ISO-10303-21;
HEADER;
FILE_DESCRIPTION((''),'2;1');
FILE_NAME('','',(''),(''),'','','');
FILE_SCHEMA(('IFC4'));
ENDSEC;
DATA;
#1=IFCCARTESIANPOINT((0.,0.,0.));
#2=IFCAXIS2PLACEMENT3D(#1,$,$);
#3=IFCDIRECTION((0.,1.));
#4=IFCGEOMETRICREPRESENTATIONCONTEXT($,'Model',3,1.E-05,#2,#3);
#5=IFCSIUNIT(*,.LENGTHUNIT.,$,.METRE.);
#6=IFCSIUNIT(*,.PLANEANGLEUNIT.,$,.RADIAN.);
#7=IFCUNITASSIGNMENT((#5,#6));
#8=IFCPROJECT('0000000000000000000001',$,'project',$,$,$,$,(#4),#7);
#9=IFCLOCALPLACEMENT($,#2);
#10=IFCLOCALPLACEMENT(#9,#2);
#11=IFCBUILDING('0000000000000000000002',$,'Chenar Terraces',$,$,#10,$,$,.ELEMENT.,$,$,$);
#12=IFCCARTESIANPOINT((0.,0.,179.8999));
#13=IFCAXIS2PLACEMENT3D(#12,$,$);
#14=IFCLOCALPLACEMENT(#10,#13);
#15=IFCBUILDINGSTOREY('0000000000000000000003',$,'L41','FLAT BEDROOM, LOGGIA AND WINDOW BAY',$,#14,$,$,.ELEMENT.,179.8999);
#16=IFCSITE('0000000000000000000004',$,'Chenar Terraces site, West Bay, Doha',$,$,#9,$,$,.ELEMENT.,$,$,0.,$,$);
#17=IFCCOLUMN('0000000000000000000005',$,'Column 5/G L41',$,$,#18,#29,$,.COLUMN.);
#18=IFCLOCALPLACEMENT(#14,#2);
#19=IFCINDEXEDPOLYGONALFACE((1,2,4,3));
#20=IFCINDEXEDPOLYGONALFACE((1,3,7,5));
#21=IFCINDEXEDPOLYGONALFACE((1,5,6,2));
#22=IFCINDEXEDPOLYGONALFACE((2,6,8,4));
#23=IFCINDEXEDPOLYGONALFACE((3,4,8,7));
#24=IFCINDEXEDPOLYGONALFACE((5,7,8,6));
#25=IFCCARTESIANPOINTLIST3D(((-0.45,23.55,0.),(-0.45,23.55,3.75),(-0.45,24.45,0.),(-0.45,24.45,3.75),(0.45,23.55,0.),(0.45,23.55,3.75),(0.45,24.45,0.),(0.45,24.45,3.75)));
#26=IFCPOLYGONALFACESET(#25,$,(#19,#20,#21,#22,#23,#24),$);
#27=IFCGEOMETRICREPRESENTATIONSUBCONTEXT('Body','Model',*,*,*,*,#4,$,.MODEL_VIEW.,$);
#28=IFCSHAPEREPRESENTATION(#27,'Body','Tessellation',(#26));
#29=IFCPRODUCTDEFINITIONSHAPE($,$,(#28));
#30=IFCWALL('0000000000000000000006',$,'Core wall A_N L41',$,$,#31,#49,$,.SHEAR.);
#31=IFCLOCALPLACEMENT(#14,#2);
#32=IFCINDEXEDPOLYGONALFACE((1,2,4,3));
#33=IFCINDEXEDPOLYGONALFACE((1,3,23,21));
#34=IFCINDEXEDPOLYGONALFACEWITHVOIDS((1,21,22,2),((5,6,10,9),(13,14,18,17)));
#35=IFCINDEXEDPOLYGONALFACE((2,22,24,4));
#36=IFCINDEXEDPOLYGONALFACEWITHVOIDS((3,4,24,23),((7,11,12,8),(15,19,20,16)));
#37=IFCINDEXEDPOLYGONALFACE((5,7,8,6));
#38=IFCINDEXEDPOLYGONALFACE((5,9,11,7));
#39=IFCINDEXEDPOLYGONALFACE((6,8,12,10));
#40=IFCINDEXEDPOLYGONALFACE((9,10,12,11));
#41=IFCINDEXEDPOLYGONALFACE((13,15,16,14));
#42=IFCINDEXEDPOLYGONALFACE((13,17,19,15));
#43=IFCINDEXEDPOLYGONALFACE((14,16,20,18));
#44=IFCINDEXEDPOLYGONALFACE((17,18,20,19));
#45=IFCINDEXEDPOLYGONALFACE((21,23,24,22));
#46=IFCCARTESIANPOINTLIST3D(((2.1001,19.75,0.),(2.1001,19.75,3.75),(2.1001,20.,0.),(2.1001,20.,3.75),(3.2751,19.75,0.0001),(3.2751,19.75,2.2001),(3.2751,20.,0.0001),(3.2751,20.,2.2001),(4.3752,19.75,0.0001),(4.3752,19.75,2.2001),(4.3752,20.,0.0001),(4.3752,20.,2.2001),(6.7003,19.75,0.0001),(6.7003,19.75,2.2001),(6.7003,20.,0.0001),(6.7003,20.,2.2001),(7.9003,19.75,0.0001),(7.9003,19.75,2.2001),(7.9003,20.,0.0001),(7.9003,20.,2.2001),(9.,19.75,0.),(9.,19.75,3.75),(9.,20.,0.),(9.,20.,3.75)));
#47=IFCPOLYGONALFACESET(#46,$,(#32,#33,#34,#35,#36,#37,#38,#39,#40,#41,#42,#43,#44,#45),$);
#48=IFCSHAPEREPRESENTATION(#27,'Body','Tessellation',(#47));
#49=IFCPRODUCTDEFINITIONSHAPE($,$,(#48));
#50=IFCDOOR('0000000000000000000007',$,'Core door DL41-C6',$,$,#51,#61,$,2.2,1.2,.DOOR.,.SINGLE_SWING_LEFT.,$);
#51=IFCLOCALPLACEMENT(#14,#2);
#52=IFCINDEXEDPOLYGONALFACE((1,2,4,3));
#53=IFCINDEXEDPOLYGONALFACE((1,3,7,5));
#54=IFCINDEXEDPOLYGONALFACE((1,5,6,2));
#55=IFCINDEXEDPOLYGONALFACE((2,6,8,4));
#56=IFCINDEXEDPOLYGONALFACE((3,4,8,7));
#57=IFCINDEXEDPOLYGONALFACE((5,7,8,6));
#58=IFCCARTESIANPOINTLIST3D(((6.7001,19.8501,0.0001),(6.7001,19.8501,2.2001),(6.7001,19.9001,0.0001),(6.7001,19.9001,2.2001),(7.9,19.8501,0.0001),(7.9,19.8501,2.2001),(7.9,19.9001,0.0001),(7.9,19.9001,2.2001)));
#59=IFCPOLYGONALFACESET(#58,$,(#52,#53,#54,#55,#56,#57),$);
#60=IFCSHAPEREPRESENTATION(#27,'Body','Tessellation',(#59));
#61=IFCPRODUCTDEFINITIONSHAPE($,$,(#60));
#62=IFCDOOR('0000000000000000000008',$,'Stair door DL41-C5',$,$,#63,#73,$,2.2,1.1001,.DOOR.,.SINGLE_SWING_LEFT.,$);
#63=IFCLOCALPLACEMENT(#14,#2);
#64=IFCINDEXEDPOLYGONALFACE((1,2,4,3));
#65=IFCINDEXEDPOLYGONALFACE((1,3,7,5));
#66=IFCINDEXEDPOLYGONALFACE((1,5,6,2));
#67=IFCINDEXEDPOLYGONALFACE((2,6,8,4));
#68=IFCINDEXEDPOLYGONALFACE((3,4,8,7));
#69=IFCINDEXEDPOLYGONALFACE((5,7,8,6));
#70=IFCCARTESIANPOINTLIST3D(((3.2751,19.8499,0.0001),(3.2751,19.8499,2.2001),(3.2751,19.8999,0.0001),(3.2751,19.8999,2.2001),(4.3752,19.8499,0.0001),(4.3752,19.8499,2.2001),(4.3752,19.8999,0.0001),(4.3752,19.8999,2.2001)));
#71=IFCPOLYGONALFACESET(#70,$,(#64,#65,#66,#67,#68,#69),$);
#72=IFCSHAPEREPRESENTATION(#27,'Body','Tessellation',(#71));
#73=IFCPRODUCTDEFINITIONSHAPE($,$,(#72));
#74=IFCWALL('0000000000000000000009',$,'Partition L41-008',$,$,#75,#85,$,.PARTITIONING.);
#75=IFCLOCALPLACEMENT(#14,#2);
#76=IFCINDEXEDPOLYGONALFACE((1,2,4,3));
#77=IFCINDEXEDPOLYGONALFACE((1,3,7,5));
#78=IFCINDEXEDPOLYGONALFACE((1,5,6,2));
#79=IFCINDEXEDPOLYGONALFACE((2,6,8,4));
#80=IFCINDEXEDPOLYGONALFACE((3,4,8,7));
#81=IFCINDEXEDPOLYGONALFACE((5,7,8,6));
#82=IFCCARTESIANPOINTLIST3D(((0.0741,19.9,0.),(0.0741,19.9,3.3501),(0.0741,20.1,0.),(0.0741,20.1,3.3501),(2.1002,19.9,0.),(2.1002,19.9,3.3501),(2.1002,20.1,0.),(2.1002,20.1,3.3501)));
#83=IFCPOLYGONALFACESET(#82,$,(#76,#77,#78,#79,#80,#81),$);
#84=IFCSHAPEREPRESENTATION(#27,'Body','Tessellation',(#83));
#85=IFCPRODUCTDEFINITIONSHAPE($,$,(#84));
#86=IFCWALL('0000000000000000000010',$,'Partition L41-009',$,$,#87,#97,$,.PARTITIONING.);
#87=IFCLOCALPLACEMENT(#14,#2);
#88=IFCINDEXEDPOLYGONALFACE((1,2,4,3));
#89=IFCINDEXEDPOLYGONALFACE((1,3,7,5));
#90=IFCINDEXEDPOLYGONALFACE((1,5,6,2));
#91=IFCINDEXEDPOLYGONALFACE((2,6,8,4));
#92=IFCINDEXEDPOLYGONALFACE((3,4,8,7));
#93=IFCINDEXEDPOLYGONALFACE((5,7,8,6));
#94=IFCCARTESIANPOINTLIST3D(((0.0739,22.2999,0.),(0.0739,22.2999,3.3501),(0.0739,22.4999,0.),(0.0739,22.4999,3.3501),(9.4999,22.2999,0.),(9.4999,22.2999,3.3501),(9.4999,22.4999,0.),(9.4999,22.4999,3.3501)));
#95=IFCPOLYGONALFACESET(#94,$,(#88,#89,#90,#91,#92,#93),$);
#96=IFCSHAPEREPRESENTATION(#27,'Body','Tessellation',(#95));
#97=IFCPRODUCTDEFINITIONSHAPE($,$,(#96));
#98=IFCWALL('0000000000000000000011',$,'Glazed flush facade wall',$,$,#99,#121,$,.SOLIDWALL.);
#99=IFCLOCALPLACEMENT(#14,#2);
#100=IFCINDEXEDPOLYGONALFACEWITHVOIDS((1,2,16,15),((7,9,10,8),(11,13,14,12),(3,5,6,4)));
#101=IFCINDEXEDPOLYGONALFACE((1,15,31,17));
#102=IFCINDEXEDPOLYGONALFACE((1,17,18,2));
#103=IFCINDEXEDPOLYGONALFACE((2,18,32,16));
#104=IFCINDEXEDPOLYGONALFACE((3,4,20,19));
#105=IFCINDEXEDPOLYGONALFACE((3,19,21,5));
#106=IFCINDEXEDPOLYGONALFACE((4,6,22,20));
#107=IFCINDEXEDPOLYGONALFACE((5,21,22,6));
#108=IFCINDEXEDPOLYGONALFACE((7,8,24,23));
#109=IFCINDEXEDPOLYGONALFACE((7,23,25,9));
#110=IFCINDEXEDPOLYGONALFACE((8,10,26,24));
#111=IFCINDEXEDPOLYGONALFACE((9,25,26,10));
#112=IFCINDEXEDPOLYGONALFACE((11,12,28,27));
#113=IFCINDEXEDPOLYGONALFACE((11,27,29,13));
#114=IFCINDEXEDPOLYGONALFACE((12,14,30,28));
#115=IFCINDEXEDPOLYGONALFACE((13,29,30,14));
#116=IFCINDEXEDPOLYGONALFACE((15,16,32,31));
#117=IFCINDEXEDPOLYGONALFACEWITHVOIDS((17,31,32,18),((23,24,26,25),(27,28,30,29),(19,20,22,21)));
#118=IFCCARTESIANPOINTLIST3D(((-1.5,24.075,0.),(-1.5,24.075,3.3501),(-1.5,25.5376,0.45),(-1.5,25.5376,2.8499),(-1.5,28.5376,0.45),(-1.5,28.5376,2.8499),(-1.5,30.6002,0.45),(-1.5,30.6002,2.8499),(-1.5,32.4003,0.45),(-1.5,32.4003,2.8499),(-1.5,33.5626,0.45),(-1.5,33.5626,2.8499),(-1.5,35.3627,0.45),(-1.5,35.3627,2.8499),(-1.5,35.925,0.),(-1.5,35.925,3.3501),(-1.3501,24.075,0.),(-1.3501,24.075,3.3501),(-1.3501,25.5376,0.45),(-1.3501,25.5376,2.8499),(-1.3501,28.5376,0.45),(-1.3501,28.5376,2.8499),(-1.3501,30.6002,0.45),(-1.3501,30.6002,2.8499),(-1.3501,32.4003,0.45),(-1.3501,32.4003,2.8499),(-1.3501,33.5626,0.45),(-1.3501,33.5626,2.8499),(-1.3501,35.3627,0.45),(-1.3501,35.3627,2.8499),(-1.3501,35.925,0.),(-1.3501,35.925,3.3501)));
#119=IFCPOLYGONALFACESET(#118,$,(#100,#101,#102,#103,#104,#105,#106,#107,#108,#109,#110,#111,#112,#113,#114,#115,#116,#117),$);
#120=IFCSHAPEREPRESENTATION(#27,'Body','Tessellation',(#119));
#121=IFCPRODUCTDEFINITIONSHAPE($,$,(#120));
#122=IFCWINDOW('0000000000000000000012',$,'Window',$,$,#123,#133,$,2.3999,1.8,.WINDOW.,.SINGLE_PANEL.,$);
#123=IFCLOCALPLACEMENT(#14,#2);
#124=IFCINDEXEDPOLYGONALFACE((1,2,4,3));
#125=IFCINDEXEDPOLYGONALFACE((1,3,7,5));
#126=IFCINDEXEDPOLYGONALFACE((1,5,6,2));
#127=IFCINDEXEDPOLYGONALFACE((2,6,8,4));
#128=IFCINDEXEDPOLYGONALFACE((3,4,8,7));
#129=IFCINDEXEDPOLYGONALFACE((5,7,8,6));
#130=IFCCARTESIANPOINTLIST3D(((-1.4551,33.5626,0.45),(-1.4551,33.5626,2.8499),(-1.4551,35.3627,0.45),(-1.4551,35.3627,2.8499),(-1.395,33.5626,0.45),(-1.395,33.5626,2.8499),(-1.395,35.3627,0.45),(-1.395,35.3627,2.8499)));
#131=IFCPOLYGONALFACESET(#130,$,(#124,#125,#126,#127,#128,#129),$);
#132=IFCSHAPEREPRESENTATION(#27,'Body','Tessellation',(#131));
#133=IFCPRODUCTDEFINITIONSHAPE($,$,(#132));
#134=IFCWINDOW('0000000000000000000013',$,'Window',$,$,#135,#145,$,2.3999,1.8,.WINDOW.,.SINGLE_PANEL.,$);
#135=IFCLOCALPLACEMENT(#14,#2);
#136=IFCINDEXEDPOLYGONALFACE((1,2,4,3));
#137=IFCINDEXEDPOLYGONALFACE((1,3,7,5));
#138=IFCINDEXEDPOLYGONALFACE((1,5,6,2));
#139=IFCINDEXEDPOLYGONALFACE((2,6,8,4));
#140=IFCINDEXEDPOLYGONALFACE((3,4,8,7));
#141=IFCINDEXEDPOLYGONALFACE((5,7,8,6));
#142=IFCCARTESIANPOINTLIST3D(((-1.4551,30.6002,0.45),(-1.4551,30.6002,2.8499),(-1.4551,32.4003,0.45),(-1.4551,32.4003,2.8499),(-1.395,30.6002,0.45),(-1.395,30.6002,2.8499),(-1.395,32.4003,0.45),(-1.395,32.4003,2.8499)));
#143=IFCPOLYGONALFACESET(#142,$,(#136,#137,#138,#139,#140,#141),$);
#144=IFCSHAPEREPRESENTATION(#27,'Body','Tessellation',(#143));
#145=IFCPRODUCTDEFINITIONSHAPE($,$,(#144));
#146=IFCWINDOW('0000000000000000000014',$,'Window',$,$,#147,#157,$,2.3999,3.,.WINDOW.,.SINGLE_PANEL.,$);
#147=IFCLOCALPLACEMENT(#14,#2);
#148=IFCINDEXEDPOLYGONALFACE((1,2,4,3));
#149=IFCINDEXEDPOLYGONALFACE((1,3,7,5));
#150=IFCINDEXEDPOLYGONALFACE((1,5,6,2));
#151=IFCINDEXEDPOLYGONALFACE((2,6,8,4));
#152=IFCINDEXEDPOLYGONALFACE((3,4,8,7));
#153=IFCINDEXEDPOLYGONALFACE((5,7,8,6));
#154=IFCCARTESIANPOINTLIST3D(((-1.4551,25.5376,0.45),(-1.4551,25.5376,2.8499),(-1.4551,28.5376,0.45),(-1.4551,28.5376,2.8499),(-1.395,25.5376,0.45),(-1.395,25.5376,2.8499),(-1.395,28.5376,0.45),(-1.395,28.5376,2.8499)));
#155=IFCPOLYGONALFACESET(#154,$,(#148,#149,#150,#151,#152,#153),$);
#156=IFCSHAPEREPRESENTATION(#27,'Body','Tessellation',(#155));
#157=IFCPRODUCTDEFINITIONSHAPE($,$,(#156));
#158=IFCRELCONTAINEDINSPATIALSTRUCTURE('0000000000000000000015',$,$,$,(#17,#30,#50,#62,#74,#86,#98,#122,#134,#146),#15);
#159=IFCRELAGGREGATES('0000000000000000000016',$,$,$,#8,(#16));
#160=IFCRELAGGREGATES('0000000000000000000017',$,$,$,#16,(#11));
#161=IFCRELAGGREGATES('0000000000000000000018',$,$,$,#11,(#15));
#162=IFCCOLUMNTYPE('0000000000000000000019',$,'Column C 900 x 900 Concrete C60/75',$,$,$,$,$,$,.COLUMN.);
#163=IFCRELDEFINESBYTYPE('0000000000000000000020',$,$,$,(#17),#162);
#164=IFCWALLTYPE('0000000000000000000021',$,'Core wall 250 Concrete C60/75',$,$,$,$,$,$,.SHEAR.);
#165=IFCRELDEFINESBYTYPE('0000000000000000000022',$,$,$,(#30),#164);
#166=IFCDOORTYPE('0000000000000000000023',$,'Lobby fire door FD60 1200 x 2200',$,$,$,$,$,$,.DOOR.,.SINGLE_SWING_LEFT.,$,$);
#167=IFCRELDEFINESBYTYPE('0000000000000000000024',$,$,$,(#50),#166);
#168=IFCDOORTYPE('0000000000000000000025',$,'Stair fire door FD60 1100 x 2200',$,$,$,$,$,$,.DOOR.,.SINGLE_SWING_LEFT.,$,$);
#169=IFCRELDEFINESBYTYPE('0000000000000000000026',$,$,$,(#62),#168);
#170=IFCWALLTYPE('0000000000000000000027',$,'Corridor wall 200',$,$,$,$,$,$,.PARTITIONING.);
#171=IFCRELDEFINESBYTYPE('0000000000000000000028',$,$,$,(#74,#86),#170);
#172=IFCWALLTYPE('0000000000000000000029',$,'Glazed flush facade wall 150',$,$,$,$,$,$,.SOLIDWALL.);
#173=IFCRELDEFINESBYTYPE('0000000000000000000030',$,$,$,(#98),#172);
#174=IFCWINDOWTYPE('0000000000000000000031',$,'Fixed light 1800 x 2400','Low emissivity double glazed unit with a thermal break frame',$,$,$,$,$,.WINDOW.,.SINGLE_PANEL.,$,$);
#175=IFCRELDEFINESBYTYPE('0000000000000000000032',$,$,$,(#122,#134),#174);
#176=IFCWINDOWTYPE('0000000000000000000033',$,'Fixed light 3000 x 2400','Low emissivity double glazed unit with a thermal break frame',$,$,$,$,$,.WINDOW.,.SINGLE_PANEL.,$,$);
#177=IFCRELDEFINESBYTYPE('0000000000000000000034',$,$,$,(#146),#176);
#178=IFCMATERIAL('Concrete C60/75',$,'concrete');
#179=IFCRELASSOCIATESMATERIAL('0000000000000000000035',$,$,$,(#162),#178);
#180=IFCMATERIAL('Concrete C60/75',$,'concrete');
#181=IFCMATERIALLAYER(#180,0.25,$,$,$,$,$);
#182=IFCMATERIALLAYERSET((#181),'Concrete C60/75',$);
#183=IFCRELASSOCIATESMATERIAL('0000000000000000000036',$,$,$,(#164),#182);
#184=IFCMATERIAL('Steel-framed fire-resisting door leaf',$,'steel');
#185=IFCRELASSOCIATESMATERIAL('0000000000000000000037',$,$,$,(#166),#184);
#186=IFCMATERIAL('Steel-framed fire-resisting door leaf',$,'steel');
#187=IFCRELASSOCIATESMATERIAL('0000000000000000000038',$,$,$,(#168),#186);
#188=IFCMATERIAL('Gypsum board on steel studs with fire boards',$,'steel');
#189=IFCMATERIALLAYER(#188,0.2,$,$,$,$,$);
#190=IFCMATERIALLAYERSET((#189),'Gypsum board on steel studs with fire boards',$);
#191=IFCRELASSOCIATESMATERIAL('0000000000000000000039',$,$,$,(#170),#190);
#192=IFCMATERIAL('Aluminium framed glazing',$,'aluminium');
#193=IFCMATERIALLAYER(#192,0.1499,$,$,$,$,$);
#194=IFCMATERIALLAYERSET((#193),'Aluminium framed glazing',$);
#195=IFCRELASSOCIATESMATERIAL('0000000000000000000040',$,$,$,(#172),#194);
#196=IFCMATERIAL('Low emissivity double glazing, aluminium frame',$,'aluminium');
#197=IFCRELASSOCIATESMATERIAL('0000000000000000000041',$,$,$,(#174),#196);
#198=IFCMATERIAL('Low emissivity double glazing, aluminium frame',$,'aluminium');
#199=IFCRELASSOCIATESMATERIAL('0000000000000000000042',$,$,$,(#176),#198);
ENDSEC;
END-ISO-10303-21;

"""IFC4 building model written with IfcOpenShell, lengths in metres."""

from ifc_helpers import new_model, si_unit, direction, frame, frame_2d, origin, origin_2d, place, context, subcontext, project, spatial, rectangle, extrude, material, layer, layer_set, material_profile, profile_set, type_object, element, fill, save


model = new_model("IFC4")

# Units and contexts
model_context = context("Model", 3, precision=1e-05, world=origin(), true_north=direction((0.0, 1.0)))
body_context = subcontext(model_context, "Body", "Model", "MODEL_VIEW")
ifc_project = project(units=[si_unit("LENGTHUNIT", "METRE"), si_unit("PLANEANGLEUNIT", "RADIAN")], contexts=[model_context])

# Site, building, storey
site_placement = place(None, origin())
site = spatial("IfcSite", under=ifc_project, at=site_placement, Name="Chenar Terraces site, West Bay, Doha", CompositionType="ELEMENT", RefElevation=0.0)
building_placement = place(site_placement, origin())
building = spatial("IfcBuilding", under=site, at=building_placement, Name="Chenar Terraces", CompositionType="ELEMENT")
storey_placement = place(building_placement, frame((0.0, 0.0, 179.8999)))
storey = spatial("IfcBuildingStorey", under=building, at=storey_placement, Name="L41", Description="FLAT BEDROOM, LOGGIA AND WINDOW BAY", CompositionType="ELEMENT", Elevation=179.8999)

# Column
ifc_material_1 = material(Name="Concrete C60/75", Category="concrete")
ifc_material_profile_1 = material_profile(ifc_material_1, rectangle(XDim=0.8999, YDim=0.8999, at=origin_2d()), Name="C 900 x 900")
ifc_profile_set_1 = profile_set([ifc_material_profile_1], Name="Concrete C60/75")
column_type = type_object("IfcColumnType", Name="Column C 900 x 900 Concrete C60/75", PredefinedType="COLUMN", material=ifc_profile_set_1)
column_placement = place(storey_placement, frame((0.0, 24.0, 0.0), z_axis=(0.0, 0.0, 1.0), x_axis=(1.0, 0.0, 0.0)))
element("IfcColumn", 1, at=column_placement, inside=storey, type_object=column_type, Name="Column 5/G L41", PredefinedType="COLUMN", context=body_context, shape_type="SweptSolid", body=[
    extrude(rectangle(XDim=0.8999, YDim=0.8999, at=origin_2d()), origin(), (0.0, 0.0, 1.0), 3.75),
])

# Wall, openings, doors
ifc_material_2 = material(Name="Concrete C60/75", Category="concrete")
ifc_layer_1 = layer(ifc_material_2, 0.25)
ifc_layer_set_1 = layer_set([ifc_layer_1], Name="Concrete C60/75")
wall_type_1 = type_object("IfcWallType", Name="Core wall 250 Concrete C60/75", PredefinedType="SHEAR", material=ifc_layer_set_1)
wall_1_placement = place(storey_placement, frame((2.1001, 19.875, 0.0), z_axis=(0.0, 0.0, 1.0), x_axis=(1.0, 0.0, 0.0)))
wall_1 = element("IfcWall", 2, at=wall_1_placement, inside=storey, type_object=wall_type_1, Name="Core wall A_N L41", PredefinedType="SHEAR", context=body_context, shape_type="SweptSolid", body=[
    extrude(rectangle(XDim=6.8999, YDim=0.25, at=frame_2d((3.45, 0.0))), origin(), (0.0, 0.0, 1.0), 3.75),
])
opening_1_placement = place(wall_1_placement, frame((1.175, 0.0, 0.0)))
opening_1 = element("IfcOpeningElement", 3, at=opening_1_placement, cuts=wall_1, PredefinedType="OPENING", context=body_context, shape_type="SweptSolid", body=[
    extrude(rectangle(XDim=1.1001, YDim=2.2, at=frame_2d((0.55, 1.1001))), frame((0.0, 0.135, 0.0), z_axis=(0.0, -1.0, 0.0), x_axis=(1.0, 0.0, 0.0)), (0.0, 0.0, 1.0), 0.27),
])
opening_2_placement = place(wall_1_placement, frame((4.6001, 0.0, 0.0)))
opening_2 = element("IfcOpeningElement", 4, at=opening_2_placement, cuts=wall_1, PredefinedType="OPENING", context=body_context, shape_type="SweptSolid", body=[
    extrude(rectangle(XDim=1.2, YDim=2.2, at=frame_2d((0.6001, 1.1001))), frame((0.0, 0.135, 0.0), z_axis=(0.0, -1.0, 0.0), x_axis=(1.0, 0.0, 0.0)), (0.0, 0.0, 1.0), 0.27),
])
ifc_material_3 = material(Name="Steel-framed fire-resisting door leaf", Category="steel")
door_type_1 = type_object("IfcDoorType", Name="Lobby fire door FD60 1200 x 2200", OperationType="SINGLE_SWING_LEFT", PredefinedType="DOOR", material=ifc_material_3)
door_1_placement = place(opening_2_placement, frame((1.2, 0.0, 0.0), z_axis=(0.0, 0.0, 1.0), x_axis=(-1.0, 0.0, 0.0)))
door_1 = element("IfcDoor", 5, at=door_1_placement, inside=storey, type_object=door_type_1, Name="Core door DL41-C6", OperationType="SINGLE_SWING_LEFT", OverallHeight=2.2, OverallWidth=1.2, PredefinedType="DOOR", context=body_context, shape_type="SweptSolid", body=[
    extrude(rectangle(XDim=1.2, YDim=2.2, at=frame_2d((0.6001, 1.1001))), frame((0.0, 0.0249, 0.0), z_axis=(0.0, -1.0, 0.0), x_axis=(1.0, 0.0, 0.0)), (0.0, 0.0, 1.0), 0.05),
])
fill(opening_2, door_1)
ifc_material_4 = material(Name="Steel-framed fire-resisting door leaf", Category="steel")
door_type_2 = type_object("IfcDoorType", Name="Stair fire door FD60 1100 x 2200", OperationType="SINGLE_SWING_LEFT", PredefinedType="DOOR", material=ifc_material_4)
door_2_placement = place(opening_1_placement, origin())
door_2 = element("IfcDoor", 6, at=door_2_placement, inside=storey, type_object=door_type_2, Name="Stair door DL41-C5", OperationType="SINGLE_SWING_LEFT", OverallHeight=2.2, OverallWidth=1.1001, PredefinedType="DOOR", context=body_context, shape_type="SweptSolid", body=[
    extrude(rectangle(XDim=1.1001, YDim=2.2, at=frame_2d((0.55, 1.1001))), frame((0.0, 0.0249, 0.0), z_axis=(0.0, -1.0, 0.0), x_axis=(1.0, 0.0, 0.0)), (0.0, 0.0, 1.0), 0.05),
])
fill(opening_1, door_2)

# Walls
ifc_material_5 = material(Name="Gypsum board on steel studs with fire boards", Category="steel")
ifc_layer_2 = layer(ifc_material_5, 0.2)
ifc_layer_set_2 = layer_set([ifc_layer_2], Name="Gypsum board on steel studs with fire boards")
wall_type_2 = type_object("IfcWallType", Name="Corridor wall 200", PredefinedType="PARTITIONING", material=ifc_layer_set_2)
wall_2_placement = place(storey_placement, frame((0.074, 20.0, 0.0), z_axis=(0.0, 0.0, 1.0), x_axis=(1.0, 0.0, 0.0)))
element("IfcWall", 7, at=wall_2_placement, inside=storey, type_object=wall_type_2, Name="Partition L41-008", PredefinedType="PARTITIONING", context=body_context, shape_type="SweptSolid", body=[
    extrude(rectangle(XDim=2.0261, YDim=0.2, at=frame_2d((1.0132, 0.0))), origin(), (0.0, 0.0, 1.0), 3.3501),
])
wall_3_placement = place(storey_placement, frame((0.074, 22.3999, 0.0), z_axis=(0.0, 0.0, 1.0), x_axis=(1.0, 0.0, 0.0)))
element("IfcWall", 8, at=wall_3_placement, inside=storey, type_object=wall_type_2, Name="Partition L41-009", PredefinedType="PARTITIONING", context=body_context, shape_type="SweptSolid", body=[
    extrude(rectangle(XDim=9.426, YDim=0.2, at=frame_2d((4.7129, 0.0))), origin(), (0.0, 0.0, 1.0), 3.3501),
])

# Wall, openings, windows
ifc_material_6 = material(Name="Aluminium framed glazing", Category="aluminium")
ifc_layer_3 = layer(ifc_material_6, 0.1499)
ifc_layer_set_3 = layer_set([ifc_layer_3], Name="Aluminium framed glazing")
wall_type_3 = type_object("IfcWallType", Name="Glazed flush facade wall 150", PredefinedType="SOLIDWALL", material=ifc_layer_set_3)
wall_4_placement = place(storey_placement, frame((-1.425, 35.925, 0.0), z_axis=(0.0, 0.0, 1.0), x_axis=(0.0, -1.0, 0.0)))
wall_4 = element("IfcWall", 9, at=wall_4_placement, inside=storey, type_object=wall_type_3, Name="Glazed flush facade wall", PredefinedType="SOLIDWALL", context=body_context, shape_type="SweptSolid", body=[
    extrude(rectangle(XDim=11.8501, YDim=0.1499, at=frame_2d((5.925, 0.0))), origin(), (0.0, 0.0, 1.0), 3.3501),
])
opening_3_placement = place(wall_4_placement, frame((0.5625, 0.0, 0.45)))
opening_3 = element("IfcOpeningElement", 10, at=opening_3_placement, cuts=wall_4, PredefinedType="OPENING", context=body_context, shape_type="SweptSolid", body=[
    extrude(rectangle(XDim=1.8, YDim=2.3999, at=frame_2d((0.8999, 1.2))), frame((0.0, 0.085, 0.0), z_axis=(0.0, -1.0, 0.0), x_axis=(1.0, 0.0, 0.0)), (0.0, 0.0, 1.0), 0.1699),
])
opening_4_placement = place(wall_4_placement, frame((3.5249, 0.0, 0.45)))
opening_4 = element("IfcOpeningElement", 11, at=opening_4_placement, cuts=wall_4, PredefinedType="OPENING", context=body_context, shape_type="SweptSolid", body=[
    extrude(rectangle(XDim=1.8, YDim=2.3999, at=frame_2d((0.8999, 1.2))), frame((0.0, 0.085, 0.0), z_axis=(0.0, -1.0, 0.0), x_axis=(1.0, 0.0, 0.0)), (0.0, 0.0, 1.0), 0.1699),
])
opening_5_placement = place(wall_4_placement, frame((7.3875, 0.0, 0.45)))
opening_5 = element("IfcOpeningElement", 12, at=opening_5_placement, cuts=wall_4, PredefinedType="OPENING", context=body_context, shape_type="SweptSolid", body=[
    extrude(rectangle(XDim=3.0, YDim=2.3999, at=frame_2d((1.5, 1.2))), frame((0.0, 0.085, 0.0), z_axis=(0.0, -1.0, 0.0), x_axis=(1.0, 0.0, 0.0)), (0.0, 0.0, 1.0), 0.1699),
])
ifc_material_7 = material(Name="Low emissivity double glazing, aluminium frame", Category="aluminium")
window_type_1 = type_object("IfcWindowType", Name="Fixed light 1800 x 2400", Description="Low emissivity double glazed unit with a thermal break frame", PartitioningType="SINGLE_PANEL", PredefinedType="WINDOW", material=ifc_material_7)
window_1_placement = place(opening_3_placement, origin())
window_1 = element("IfcWindow", 13, at=window_1_placement, inside=storey, type_object=window_type_1, Name="Window", OverallHeight=2.3999, OverallWidth=1.8, PartitioningType="SINGLE_PANEL", PredefinedType="WINDOW", context=body_context, shape_type="SweptSolid", body=[
    extrude(rectangle(XDim=1.8, YDim=2.3999, at=frame_2d((0.8999, 1.2))), frame((0.0, 0.03, 0.0), z_axis=(0.0, -1.0, 0.0), x_axis=(1.0, 0.0, 0.0)), (0.0, 0.0, 1.0), 0.0601),
])
fill(opening_3, window_1)
window_2_placement = place(opening_4_placement, origin())
window_2 = element("IfcWindow", 14, at=window_2_placement, inside=storey, type_object=window_type_1, Name="Window", OverallHeight=2.3999, OverallWidth=1.8, PartitioningType="SINGLE_PANEL", PredefinedType="WINDOW", context=body_context, shape_type="SweptSolid", body=[
    extrude(rectangle(XDim=1.8, YDim=2.3999, at=frame_2d((0.8999, 1.2))), frame((0.0, 0.03, 0.0), z_axis=(0.0, -1.0, 0.0), x_axis=(1.0, 0.0, 0.0)), (0.0, 0.0, 1.0), 0.0601),
])
fill(opening_4, window_2)
ifc_material_8 = material(Name="Low emissivity double glazing, aluminium frame", Category="aluminium")
window_type_2 = type_object("IfcWindowType", Name="Fixed light 3000 x 2400", Description="Low emissivity double glazed unit with a thermal break frame", PartitioningType="SINGLE_PANEL", PredefinedType="WINDOW", material=ifc_material_8)
window_3_placement = place(opening_5_placement, origin())
window_3 = element("IfcWindow", 15, at=window_3_placement, inside=storey, type_object=window_type_2, Name="Window", OverallHeight=2.3999, OverallWidth=3.0, PartitioningType="SINGLE_PANEL", PredefinedType="WINDOW", context=body_context, shape_type="SweptSolid", body=[
    extrude(rectangle(XDim=3.0, YDim=2.3999, at=frame_2d((1.5, 1.2))), frame((0.0, 0.03, 0.0), z_axis=(0.0, -1.0, 0.0), x_axis=(1.0, 0.0, 0.0)), (0.0, 0.0, 1.0), 0.0601),
])
fill(opening_5, window_3)

save(model, "model.ifc")
